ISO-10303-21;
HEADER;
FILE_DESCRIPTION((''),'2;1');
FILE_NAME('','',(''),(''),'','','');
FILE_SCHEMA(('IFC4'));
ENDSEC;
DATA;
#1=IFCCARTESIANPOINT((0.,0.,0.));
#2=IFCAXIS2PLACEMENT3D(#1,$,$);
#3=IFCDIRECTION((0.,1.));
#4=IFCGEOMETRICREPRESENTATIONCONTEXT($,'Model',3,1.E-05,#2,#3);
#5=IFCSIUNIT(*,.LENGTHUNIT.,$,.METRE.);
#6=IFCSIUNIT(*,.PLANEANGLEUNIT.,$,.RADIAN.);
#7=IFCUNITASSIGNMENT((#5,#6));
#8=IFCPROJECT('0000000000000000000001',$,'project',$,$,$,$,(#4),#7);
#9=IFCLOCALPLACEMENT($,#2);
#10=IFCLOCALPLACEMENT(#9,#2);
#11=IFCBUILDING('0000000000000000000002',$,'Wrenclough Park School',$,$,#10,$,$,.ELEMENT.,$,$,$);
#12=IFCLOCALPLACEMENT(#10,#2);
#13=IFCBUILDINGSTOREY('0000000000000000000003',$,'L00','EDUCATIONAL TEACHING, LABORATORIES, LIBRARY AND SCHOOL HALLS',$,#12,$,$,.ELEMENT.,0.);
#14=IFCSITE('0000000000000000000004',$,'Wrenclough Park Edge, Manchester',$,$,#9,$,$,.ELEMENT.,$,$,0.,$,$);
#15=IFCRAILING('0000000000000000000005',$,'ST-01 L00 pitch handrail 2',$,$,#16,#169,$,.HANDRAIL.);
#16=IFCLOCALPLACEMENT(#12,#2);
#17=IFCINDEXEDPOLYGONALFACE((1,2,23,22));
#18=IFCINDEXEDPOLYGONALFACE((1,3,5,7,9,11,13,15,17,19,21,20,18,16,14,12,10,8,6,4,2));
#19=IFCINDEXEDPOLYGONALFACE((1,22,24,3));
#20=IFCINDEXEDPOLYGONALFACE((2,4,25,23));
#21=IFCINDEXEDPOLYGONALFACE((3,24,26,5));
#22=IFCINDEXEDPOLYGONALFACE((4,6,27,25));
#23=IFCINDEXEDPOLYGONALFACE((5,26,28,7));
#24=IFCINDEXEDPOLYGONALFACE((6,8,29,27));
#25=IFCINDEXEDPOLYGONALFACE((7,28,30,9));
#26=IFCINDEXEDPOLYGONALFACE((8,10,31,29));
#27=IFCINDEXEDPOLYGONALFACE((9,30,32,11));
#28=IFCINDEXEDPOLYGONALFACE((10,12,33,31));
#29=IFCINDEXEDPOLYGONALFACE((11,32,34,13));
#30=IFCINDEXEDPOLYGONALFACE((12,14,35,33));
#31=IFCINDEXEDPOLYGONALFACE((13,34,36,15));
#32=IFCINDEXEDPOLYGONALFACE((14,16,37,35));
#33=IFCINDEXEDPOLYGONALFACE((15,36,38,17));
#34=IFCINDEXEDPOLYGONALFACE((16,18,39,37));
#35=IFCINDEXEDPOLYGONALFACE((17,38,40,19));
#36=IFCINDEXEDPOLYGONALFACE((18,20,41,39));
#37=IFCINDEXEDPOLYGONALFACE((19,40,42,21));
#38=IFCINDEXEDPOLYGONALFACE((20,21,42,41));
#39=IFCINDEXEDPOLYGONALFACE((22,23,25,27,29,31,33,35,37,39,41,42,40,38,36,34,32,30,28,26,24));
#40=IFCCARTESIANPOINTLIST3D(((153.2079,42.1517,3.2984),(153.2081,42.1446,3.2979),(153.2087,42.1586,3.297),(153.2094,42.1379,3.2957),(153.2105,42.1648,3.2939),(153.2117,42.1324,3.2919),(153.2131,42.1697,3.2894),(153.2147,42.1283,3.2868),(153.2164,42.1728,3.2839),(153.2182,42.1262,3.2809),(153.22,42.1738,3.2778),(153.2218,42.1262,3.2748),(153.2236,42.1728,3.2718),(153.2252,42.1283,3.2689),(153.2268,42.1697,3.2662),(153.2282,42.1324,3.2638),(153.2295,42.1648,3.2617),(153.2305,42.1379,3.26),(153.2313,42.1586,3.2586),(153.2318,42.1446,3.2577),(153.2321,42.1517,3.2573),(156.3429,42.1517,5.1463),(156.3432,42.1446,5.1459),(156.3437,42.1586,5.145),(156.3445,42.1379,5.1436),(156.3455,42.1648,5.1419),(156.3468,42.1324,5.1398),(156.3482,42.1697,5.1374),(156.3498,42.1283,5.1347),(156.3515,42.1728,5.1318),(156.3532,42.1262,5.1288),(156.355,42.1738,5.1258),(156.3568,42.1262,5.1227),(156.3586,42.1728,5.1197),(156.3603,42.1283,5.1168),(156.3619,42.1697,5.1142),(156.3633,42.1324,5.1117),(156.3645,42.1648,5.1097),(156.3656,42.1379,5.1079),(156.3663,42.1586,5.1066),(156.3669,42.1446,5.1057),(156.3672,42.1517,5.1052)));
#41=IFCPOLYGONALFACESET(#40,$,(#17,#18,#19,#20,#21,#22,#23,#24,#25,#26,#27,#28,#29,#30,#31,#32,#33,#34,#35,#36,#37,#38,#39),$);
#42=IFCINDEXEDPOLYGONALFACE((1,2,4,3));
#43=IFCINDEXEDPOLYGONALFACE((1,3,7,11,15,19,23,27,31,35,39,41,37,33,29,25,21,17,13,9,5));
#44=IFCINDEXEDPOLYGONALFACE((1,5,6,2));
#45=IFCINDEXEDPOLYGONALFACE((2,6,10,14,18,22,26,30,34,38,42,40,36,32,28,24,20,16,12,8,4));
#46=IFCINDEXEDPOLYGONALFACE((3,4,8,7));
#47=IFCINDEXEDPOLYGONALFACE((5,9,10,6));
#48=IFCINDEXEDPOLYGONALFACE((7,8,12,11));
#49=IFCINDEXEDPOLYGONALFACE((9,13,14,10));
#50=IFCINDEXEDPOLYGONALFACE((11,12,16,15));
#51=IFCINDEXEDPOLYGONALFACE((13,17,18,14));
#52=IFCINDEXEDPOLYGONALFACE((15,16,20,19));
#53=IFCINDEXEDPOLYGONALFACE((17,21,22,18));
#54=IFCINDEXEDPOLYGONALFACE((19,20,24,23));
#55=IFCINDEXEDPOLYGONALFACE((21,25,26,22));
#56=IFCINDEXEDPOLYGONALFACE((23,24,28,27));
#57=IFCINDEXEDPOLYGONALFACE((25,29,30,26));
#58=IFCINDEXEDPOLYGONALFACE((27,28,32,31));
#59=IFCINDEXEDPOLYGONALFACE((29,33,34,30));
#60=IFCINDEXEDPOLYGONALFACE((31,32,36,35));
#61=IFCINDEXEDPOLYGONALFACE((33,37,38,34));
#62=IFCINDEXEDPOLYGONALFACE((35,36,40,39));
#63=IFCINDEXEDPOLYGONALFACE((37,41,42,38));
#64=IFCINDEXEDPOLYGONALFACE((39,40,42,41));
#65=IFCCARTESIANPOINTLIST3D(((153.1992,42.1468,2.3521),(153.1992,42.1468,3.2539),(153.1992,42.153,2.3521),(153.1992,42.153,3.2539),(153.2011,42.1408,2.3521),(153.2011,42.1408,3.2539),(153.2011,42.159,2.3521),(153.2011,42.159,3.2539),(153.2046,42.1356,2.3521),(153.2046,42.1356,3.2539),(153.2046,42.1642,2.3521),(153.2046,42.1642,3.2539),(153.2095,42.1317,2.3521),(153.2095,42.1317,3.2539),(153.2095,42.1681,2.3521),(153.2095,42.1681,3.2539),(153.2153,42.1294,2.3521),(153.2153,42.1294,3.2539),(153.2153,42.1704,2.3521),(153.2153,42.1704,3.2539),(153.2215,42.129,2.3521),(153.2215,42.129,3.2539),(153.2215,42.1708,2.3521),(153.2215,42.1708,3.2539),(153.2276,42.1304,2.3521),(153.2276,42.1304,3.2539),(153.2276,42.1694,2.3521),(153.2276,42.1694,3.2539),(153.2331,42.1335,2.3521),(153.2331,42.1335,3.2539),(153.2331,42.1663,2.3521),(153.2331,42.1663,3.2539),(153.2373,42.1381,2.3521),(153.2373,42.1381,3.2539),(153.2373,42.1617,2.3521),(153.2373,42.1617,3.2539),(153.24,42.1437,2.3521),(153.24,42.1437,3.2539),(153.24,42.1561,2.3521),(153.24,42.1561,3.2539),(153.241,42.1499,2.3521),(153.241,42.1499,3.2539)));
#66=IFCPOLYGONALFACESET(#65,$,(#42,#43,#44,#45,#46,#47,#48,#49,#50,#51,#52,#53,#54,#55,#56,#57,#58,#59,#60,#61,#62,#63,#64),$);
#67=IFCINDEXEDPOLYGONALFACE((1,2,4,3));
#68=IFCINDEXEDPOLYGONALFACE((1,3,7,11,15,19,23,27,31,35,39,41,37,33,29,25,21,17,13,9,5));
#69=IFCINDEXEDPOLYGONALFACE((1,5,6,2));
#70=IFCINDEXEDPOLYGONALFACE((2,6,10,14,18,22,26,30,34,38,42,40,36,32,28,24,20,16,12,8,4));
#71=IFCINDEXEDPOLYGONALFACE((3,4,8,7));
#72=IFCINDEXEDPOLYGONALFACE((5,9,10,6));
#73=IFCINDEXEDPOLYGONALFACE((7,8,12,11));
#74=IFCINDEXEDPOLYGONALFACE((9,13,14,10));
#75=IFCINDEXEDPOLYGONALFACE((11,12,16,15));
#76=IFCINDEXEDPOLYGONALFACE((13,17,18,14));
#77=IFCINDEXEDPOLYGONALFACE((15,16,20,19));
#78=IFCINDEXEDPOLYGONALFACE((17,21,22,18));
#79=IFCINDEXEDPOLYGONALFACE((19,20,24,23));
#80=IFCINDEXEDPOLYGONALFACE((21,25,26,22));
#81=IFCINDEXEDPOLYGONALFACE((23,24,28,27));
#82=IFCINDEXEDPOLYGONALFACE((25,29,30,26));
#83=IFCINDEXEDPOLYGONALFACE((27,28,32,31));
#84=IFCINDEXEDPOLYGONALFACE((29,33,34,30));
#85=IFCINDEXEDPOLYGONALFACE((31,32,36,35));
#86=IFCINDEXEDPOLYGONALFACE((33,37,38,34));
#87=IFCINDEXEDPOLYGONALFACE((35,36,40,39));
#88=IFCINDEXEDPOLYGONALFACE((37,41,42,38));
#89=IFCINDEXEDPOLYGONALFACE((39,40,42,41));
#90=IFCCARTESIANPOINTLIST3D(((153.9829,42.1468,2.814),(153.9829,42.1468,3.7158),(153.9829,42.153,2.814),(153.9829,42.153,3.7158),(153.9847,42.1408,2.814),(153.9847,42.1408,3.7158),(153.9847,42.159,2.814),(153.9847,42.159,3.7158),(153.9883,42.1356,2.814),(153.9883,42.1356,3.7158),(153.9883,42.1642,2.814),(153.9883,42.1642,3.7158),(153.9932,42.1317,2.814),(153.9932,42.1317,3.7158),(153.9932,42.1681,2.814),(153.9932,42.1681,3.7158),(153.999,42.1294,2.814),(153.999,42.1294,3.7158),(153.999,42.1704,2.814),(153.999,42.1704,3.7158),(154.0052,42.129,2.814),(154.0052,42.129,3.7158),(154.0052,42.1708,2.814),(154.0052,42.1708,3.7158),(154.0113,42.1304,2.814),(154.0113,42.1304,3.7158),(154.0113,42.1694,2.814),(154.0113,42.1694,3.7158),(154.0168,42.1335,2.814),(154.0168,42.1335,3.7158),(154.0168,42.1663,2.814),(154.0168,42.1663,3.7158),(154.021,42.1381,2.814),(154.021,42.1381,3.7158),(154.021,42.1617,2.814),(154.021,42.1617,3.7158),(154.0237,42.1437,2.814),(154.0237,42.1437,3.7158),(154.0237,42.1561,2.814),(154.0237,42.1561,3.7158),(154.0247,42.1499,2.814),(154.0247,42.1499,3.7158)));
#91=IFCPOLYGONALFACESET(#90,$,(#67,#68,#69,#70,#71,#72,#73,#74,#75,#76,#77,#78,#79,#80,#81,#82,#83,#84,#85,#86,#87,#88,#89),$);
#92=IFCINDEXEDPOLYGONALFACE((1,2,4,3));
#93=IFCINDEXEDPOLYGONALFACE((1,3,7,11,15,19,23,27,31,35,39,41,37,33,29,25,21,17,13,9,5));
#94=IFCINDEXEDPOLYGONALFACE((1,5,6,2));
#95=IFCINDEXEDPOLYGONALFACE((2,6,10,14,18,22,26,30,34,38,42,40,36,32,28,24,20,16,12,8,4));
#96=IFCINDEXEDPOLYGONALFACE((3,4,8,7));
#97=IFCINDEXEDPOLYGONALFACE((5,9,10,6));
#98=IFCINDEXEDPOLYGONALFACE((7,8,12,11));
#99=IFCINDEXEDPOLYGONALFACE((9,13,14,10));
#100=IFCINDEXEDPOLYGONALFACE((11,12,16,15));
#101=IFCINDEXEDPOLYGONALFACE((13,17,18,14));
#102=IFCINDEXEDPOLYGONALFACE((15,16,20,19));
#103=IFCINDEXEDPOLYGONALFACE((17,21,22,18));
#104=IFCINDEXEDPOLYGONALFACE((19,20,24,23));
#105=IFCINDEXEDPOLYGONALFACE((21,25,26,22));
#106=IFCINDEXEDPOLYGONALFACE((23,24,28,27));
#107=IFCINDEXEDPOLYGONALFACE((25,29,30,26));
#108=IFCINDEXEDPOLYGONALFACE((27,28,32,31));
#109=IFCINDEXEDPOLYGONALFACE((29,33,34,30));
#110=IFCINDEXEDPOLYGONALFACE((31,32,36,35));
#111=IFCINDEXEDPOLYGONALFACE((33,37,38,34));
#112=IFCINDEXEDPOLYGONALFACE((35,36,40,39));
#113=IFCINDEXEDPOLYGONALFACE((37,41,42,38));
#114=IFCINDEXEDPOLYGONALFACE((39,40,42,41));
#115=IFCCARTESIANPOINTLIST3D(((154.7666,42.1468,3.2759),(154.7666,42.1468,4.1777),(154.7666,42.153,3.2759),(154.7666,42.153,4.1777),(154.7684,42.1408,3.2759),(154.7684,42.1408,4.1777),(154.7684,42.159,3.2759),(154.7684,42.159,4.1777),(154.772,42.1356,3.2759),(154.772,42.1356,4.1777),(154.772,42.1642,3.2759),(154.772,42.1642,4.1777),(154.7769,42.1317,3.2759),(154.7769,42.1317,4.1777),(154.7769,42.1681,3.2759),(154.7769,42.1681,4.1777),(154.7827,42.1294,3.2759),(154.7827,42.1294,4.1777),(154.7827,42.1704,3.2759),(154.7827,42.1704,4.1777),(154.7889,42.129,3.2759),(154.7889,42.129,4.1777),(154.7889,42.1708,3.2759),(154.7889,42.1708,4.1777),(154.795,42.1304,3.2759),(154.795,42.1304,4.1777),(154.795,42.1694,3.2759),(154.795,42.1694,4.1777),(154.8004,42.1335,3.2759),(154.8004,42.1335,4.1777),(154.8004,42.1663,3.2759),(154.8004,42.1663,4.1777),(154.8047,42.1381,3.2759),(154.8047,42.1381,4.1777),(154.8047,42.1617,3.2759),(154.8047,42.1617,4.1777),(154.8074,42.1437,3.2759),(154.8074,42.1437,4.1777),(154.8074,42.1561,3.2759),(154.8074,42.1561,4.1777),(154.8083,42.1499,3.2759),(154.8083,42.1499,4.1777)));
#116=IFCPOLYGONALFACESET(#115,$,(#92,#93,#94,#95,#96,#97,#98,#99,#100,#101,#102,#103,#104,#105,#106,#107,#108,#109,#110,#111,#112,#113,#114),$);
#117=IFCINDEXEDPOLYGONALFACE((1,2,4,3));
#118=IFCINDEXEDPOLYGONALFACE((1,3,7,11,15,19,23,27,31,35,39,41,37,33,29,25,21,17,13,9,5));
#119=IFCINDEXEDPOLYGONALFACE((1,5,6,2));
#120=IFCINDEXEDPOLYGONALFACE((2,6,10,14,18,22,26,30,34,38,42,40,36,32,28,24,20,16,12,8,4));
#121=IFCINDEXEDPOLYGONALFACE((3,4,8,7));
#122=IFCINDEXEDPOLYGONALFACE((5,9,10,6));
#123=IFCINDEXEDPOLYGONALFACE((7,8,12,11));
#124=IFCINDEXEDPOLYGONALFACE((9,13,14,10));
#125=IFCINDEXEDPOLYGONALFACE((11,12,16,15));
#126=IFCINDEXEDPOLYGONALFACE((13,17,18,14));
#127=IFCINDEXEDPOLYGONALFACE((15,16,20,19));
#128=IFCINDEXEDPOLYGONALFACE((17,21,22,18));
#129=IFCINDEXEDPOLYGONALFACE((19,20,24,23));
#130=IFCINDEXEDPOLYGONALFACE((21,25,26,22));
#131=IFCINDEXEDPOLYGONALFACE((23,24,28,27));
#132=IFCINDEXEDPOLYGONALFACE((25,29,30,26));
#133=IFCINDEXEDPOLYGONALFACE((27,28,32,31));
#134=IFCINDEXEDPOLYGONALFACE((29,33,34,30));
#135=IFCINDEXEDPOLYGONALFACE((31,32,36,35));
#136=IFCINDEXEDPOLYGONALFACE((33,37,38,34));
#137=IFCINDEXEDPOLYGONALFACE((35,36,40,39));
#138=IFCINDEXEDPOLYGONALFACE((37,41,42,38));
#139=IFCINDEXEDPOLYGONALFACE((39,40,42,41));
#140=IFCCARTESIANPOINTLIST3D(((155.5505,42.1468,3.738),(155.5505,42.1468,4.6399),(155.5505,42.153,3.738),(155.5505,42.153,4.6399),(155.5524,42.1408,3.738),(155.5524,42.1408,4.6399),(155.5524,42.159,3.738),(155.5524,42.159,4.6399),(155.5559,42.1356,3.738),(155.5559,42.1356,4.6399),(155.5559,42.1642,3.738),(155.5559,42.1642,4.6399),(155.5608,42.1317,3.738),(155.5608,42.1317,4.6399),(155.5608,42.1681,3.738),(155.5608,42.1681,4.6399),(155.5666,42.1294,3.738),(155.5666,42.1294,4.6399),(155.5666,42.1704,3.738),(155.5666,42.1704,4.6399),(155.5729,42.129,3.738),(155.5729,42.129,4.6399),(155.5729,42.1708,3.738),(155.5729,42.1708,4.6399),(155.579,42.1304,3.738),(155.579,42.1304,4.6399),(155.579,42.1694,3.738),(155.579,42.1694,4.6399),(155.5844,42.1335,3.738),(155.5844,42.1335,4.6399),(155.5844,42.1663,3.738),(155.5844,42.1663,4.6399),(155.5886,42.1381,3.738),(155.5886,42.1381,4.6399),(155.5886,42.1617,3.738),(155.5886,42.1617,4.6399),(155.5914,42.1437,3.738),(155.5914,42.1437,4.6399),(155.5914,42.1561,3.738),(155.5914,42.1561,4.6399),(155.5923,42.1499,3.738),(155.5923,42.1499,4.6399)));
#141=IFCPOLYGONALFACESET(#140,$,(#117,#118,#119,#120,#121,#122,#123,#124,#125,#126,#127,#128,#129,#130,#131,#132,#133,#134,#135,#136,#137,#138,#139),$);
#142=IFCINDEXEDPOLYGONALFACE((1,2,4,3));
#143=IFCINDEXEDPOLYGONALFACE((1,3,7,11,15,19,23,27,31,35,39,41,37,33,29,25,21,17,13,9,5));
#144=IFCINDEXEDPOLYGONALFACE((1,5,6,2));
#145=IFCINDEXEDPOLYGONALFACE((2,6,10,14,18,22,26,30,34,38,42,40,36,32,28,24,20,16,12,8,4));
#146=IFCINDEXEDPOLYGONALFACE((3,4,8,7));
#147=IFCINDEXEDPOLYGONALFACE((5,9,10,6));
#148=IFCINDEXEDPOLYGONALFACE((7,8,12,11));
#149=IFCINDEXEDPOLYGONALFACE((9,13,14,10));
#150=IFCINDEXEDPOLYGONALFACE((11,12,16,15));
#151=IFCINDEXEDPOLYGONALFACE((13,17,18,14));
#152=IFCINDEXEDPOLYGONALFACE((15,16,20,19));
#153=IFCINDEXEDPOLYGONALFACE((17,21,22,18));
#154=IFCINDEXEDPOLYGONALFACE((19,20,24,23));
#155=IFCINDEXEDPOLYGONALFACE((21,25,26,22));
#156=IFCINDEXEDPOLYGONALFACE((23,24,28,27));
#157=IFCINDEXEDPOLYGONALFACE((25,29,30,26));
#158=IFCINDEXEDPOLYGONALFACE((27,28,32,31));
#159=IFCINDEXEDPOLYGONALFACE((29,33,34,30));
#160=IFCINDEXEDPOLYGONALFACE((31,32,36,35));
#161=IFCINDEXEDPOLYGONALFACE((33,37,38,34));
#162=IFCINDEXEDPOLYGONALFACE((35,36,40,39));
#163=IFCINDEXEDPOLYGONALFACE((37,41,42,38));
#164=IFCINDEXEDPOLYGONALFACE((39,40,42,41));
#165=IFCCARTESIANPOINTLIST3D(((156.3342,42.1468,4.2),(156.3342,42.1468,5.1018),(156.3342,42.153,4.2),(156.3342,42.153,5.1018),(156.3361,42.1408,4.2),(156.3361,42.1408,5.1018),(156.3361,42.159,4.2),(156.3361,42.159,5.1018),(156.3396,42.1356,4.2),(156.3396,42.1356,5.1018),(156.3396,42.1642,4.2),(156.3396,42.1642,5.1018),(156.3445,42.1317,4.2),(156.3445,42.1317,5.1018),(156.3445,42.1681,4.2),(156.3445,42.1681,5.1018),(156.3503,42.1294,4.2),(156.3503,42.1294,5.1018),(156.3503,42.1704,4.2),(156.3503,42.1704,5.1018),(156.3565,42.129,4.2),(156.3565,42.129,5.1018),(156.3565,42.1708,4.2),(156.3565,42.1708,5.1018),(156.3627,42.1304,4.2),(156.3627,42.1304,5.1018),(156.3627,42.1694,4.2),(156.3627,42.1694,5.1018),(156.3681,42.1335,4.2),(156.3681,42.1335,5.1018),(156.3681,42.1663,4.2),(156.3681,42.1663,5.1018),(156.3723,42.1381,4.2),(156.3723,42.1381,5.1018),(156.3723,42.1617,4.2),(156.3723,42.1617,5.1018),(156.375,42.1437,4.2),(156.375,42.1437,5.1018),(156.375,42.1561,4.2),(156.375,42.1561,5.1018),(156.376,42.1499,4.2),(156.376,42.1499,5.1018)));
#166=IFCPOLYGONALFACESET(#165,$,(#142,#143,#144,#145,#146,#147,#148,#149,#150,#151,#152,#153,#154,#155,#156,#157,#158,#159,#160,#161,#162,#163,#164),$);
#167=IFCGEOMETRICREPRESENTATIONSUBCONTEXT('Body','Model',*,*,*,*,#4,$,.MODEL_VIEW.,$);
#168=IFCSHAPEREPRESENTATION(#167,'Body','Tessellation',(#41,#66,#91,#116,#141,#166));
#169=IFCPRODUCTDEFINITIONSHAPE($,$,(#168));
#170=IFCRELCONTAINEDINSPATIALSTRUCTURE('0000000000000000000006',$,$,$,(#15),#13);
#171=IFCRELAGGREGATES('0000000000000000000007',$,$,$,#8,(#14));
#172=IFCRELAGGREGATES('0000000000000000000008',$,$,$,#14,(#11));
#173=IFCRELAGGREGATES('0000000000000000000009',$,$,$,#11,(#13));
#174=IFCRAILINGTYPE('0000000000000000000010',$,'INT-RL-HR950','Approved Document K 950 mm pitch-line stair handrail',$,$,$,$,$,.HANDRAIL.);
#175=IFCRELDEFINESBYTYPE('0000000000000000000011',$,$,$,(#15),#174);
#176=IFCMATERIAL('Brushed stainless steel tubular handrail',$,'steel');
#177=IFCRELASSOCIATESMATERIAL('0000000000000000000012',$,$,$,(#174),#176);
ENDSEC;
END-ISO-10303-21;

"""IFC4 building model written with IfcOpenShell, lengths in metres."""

from ifc_helpers import new_model, si_unit, direction, frame, origin, origin_2d, place, context, subcontext, project, spatial, circle, extrude, material, type_object, element, save


model = new_model("IFC4")

# Units and contexts
model_context = context("Model", 3, precision=1e-05, world=origin(), true_north=direction((0.0, 1.0)))
body_context = subcontext(model_context, "Body", "Model", "MODEL_VIEW")
ifc_project = project(units=[si_unit("LENGTHUNIT", "METRE"), si_unit("PLANEANGLEUNIT", "RADIAN")], contexts=[model_context])

# Site, building, storey
site_placement = place(None, origin())
site = spatial("IfcSite", under=ifc_project, at=site_placement, Name="Wrenclough Park Edge, Manchester", CompositionType="ELEMENT", RefElevation=0.0)
building_placement = place(site_placement, origin())
building = spatial("IfcBuilding", under=site, at=building_placement, Name="Wrenclough Park School", CompositionType="ELEMENT")
storey_placement = place(building_placement, origin())
storey = spatial("IfcBuildingStorey", under=building, at=storey_placement, Name="L00", Description="EDUCATIONAL TEACHING, LABORATORIES, LIBRARY AND SCHOOL HALLS", CompositionType="ELEMENT", Elevation=0.0)

# Railing
ifc_material_1 = material(Name="Brushed stainless steel tubular handrail", Category="steel")
railing_type_1 = type_object("IfcRailingType", Name="INT-RL-HR950", Description="Approved Document K 950 mm pitch-line stair handrail", PredefinedType="HANDRAIL", material=ifc_material_1)
railing_1_placement = place(storey_placement, frame((153.22, 42.1499, 2.3521)))
element("IfcRailing", 1, at=railing_1_placement, inside=storey, type_object=railing_type_1, Name="ST-01 L00 pitch handrail 2", PredefinedType="HANDRAIL", context=body_context, shape_type="SweptSolid", body=[
    extrude(circle(Radius=0.0239, at=origin_2d()), frame((0.0, 0.0, 0.9258), z_axis=(0.86148, 0.0, 0.507791), x_axis=(0.0, 1.0, 0.0)), (0.0, 0.0, 1.0), 3.6392),
    extrude(circle(Radius=0.021, at=origin_2d()), origin(), (0.0, 0.0, 1.0), 0.9019),
    extrude(circle(Radius=0.021, at=origin_2d()), frame((0.7837, 0.0, 0.4619)), (0.0, 0.0, 1.0), 0.9019),
    extrude(circle(Radius=0.021, at=origin_2d()), frame((1.5674, 0.0, 0.9238)), (0.0, 0.0, 1.0), 0.9019),
    extrude(circle(Radius=0.021, at=origin_2d()), frame((2.3513, 0.0, 1.386)), (0.0, 0.0, 1.0), 0.9019),
    extrude(circle(Radius=0.021, at=origin_2d()), frame((3.135, 0.0, 1.8479)), (0.0, 0.0, 1.0), 0.9019),
])

save(model, "model.ifc")
